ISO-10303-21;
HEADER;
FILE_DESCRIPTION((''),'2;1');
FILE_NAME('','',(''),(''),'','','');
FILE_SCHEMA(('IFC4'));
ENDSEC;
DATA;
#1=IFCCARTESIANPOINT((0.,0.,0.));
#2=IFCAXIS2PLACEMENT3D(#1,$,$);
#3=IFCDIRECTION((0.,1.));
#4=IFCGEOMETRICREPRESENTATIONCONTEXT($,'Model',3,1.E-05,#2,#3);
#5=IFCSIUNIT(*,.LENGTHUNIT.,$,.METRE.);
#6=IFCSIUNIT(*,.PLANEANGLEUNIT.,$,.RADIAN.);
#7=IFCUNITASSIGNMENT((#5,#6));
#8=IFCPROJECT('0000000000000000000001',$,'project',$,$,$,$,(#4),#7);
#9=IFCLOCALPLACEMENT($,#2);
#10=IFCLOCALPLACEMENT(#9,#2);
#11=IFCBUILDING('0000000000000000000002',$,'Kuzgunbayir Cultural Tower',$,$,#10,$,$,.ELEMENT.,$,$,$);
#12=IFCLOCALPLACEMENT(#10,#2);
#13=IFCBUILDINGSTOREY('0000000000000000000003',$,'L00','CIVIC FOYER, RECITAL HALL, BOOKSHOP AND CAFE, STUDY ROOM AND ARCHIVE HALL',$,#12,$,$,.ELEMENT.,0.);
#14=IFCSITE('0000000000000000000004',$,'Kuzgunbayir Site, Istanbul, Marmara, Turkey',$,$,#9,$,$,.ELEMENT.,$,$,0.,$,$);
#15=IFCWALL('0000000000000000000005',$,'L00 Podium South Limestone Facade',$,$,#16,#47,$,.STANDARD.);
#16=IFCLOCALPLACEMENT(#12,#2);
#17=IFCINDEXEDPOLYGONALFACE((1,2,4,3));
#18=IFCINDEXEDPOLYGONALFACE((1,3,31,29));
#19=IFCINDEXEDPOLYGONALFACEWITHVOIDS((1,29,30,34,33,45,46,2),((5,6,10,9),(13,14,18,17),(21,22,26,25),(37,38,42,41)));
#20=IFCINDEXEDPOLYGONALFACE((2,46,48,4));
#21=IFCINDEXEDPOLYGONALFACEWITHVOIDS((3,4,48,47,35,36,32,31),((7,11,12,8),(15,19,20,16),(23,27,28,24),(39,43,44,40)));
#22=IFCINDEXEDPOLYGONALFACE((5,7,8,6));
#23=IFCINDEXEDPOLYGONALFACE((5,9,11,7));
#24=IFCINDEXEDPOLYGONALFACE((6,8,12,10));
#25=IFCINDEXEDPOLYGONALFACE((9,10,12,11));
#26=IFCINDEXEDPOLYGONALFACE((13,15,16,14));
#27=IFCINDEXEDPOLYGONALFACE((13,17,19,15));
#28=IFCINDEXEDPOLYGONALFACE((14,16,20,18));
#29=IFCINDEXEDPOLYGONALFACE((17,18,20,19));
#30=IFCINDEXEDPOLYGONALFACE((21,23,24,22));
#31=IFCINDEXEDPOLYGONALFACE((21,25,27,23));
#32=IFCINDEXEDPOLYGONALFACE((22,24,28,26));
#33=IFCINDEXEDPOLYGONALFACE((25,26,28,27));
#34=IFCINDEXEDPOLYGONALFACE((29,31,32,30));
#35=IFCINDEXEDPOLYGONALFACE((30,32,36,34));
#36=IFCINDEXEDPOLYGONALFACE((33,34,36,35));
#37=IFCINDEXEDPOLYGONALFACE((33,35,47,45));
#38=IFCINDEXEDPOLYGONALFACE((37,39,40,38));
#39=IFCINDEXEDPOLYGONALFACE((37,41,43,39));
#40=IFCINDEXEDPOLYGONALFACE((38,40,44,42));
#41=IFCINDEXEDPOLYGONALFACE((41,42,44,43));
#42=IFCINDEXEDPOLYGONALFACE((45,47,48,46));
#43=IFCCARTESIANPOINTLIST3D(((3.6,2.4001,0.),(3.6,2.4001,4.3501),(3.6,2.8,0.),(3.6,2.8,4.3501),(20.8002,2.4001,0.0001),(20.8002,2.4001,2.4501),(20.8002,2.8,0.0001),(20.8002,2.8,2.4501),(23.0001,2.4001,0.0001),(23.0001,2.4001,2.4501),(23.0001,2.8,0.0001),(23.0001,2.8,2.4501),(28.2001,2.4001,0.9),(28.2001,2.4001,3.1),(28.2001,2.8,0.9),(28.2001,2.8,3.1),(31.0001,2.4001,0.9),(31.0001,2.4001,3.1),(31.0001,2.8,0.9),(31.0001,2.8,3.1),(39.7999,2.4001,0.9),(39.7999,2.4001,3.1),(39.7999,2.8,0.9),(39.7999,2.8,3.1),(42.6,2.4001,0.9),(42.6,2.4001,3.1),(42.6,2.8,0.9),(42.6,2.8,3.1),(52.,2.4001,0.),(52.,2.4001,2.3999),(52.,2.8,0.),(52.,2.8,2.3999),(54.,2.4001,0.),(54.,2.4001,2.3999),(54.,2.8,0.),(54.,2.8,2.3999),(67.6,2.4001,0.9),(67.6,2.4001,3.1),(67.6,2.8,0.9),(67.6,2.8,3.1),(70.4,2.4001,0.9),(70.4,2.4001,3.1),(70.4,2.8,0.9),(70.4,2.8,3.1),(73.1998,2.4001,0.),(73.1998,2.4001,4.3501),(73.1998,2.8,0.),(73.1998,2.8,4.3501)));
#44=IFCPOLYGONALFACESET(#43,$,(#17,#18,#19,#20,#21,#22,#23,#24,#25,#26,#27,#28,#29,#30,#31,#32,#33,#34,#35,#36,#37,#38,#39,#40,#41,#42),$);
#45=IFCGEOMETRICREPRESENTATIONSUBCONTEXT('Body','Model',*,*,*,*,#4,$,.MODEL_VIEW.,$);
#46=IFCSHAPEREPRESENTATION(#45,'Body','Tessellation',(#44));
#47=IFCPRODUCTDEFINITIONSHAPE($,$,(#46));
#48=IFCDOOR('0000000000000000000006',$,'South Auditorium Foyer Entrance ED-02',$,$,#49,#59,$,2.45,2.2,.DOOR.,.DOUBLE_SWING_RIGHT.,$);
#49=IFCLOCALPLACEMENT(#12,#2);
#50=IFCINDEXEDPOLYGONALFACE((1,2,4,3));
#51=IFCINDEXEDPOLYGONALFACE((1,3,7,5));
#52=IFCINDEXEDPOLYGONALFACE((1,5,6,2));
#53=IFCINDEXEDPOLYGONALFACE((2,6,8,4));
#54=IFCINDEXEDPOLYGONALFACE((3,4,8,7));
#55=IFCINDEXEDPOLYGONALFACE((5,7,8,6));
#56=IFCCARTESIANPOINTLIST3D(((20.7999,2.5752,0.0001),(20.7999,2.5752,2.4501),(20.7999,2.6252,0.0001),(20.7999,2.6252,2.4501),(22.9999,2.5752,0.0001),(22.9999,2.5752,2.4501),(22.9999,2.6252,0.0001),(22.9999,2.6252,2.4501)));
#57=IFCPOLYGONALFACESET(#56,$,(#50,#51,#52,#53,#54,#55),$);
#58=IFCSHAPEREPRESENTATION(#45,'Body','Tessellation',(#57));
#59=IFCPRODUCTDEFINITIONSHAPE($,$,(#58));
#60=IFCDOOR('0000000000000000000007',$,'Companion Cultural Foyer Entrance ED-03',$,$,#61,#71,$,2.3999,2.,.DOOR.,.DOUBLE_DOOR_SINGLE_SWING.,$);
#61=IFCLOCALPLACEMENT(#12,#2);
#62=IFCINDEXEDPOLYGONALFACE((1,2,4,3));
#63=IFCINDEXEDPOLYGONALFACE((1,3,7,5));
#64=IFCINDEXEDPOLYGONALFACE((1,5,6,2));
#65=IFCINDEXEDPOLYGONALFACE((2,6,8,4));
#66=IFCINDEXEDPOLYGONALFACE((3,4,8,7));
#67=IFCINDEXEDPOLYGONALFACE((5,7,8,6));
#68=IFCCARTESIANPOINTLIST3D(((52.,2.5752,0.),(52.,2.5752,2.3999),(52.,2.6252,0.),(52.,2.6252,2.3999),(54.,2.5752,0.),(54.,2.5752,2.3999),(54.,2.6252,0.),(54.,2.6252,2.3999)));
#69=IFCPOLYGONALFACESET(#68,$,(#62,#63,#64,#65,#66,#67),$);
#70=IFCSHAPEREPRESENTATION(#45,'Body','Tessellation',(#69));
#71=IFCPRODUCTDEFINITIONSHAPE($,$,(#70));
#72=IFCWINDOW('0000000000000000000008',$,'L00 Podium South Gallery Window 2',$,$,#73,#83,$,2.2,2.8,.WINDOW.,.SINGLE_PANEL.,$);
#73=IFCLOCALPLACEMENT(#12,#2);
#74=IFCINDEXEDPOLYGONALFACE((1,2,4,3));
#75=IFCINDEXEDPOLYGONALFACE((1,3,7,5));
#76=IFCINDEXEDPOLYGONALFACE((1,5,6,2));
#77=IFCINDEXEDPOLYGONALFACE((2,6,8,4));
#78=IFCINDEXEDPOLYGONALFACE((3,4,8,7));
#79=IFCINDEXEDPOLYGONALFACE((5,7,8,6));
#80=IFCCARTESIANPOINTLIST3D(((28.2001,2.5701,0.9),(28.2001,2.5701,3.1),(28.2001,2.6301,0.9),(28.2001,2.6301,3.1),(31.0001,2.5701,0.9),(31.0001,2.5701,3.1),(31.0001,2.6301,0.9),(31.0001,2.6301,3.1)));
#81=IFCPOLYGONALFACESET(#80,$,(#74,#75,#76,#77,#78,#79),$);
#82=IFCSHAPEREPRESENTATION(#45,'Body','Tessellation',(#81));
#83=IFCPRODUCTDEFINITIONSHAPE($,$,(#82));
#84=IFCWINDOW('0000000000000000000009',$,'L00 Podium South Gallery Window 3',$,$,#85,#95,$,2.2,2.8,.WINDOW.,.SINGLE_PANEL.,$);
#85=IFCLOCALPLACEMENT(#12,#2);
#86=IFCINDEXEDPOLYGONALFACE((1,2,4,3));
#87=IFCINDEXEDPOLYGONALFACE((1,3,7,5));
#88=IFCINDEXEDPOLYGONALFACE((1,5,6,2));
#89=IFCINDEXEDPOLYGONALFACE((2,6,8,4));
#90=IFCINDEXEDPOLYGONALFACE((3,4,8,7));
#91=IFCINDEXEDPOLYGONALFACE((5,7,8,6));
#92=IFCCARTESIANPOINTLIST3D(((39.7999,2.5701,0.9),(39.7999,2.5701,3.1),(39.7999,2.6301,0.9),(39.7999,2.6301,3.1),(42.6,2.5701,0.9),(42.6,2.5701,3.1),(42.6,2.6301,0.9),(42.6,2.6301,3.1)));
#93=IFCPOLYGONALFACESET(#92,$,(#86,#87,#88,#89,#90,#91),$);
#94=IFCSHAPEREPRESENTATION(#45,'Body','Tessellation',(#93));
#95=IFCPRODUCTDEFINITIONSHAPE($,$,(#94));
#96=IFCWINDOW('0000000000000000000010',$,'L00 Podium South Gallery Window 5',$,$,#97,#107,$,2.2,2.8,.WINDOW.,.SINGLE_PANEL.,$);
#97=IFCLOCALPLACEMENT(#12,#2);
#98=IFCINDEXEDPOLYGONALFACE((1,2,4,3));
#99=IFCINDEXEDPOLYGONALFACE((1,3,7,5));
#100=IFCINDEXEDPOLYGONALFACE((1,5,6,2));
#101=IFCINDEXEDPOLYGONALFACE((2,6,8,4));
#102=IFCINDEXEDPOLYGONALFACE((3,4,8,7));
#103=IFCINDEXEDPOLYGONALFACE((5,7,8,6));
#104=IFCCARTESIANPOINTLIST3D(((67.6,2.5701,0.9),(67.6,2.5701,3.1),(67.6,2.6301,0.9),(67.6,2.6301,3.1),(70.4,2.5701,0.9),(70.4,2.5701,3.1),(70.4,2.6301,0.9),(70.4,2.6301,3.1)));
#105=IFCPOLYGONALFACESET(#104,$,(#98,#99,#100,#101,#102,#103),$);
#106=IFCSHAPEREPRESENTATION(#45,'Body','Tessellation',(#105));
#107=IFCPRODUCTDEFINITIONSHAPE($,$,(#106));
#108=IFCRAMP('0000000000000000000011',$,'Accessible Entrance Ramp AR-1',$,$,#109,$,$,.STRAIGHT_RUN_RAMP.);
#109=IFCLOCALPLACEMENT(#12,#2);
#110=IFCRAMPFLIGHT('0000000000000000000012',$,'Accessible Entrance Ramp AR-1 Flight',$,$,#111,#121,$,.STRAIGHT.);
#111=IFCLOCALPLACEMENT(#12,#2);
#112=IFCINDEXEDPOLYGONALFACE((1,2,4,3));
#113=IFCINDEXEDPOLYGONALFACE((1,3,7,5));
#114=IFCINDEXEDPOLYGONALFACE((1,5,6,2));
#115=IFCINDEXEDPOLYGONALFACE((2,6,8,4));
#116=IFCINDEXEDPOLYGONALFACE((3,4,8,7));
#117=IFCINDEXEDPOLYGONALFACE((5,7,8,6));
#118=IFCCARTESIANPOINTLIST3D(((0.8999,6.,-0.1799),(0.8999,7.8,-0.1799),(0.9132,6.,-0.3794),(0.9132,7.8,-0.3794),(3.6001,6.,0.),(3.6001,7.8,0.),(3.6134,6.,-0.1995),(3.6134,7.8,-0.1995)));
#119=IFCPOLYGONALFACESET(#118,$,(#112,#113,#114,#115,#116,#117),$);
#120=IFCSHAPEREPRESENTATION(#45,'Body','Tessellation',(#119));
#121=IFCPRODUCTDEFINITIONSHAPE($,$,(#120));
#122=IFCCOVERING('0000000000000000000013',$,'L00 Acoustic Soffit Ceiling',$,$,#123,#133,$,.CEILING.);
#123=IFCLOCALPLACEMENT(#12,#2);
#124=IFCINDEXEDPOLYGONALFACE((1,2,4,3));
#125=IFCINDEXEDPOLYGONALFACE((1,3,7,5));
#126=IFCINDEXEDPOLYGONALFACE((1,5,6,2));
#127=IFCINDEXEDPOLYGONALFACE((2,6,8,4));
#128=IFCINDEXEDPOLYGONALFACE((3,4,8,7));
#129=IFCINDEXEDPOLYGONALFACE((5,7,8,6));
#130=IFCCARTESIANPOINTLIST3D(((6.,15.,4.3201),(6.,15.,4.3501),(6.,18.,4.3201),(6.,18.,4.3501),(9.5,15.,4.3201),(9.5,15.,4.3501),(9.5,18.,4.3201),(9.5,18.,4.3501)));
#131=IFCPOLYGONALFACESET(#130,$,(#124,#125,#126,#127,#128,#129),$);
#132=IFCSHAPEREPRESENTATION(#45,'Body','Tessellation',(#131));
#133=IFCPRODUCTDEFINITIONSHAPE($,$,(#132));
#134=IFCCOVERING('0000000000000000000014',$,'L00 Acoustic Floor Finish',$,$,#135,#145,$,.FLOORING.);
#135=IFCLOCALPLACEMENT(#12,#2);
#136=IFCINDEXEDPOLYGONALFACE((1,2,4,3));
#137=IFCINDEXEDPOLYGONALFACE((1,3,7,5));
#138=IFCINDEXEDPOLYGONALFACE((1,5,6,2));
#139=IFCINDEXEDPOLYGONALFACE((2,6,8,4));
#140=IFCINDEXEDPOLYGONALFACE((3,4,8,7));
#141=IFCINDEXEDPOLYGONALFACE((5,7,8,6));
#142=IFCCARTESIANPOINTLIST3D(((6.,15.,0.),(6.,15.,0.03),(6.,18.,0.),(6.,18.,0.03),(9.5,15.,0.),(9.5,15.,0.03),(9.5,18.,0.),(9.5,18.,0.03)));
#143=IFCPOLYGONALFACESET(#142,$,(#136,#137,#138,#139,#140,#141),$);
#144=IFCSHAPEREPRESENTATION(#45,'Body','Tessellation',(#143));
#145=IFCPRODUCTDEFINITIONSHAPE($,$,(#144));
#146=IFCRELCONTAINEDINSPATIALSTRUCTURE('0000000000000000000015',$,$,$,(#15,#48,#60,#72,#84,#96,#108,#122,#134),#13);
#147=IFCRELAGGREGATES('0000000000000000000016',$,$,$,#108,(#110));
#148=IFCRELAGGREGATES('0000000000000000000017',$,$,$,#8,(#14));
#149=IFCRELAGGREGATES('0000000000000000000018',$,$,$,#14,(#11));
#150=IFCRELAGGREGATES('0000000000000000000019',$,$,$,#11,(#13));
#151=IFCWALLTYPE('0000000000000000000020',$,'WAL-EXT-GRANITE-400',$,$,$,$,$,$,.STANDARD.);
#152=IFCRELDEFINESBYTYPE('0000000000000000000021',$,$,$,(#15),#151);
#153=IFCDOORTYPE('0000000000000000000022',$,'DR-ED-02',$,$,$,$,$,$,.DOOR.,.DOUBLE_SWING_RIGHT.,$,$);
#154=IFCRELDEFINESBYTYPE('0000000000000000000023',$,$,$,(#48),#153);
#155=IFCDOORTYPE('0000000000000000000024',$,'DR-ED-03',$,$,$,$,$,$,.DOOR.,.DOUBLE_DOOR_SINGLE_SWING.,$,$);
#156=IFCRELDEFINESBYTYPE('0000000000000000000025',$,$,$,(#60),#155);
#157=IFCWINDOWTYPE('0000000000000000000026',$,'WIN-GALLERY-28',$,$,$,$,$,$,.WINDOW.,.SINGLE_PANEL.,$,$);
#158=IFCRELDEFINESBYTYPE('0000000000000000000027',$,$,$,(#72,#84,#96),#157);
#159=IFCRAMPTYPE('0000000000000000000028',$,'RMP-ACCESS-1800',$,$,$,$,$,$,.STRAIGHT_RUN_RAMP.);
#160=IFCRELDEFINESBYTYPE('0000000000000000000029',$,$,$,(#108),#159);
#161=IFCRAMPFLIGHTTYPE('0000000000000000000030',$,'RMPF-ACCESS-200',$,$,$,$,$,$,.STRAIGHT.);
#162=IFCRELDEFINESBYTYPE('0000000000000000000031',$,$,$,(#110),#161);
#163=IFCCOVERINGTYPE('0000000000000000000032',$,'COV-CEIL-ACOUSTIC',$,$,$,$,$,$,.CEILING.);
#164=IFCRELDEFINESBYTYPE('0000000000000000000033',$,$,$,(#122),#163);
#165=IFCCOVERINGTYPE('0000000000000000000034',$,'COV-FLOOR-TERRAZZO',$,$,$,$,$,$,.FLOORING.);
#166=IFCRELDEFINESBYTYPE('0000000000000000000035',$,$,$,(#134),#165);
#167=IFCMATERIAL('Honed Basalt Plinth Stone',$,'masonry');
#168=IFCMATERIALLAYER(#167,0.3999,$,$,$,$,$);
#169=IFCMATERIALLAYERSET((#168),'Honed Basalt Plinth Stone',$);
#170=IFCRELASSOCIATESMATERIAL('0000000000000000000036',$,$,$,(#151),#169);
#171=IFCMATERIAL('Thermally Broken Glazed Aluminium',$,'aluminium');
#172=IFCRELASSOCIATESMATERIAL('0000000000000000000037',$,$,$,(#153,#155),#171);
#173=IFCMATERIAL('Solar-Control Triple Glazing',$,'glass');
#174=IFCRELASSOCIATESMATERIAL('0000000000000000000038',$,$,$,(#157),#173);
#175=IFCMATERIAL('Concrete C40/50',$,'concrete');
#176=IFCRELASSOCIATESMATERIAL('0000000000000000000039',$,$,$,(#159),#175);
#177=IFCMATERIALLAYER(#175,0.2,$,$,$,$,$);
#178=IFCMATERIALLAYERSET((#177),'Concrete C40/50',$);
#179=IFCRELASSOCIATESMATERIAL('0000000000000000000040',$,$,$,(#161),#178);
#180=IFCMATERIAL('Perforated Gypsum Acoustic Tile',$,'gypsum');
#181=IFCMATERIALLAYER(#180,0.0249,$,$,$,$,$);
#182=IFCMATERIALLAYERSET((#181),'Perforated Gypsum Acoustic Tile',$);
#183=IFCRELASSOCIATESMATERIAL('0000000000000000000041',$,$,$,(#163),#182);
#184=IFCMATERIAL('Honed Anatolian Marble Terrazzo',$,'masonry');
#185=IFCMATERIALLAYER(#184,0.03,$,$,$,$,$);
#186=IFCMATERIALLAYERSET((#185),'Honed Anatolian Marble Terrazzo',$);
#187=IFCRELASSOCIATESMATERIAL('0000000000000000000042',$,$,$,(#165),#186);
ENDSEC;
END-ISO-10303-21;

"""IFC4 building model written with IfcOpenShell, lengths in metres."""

from ifc_helpers import new_model, si_unit, direction, frame, frame_2d, origin, place, context, subcontext, project, spatial, polyline, rectangle, outline, extrude, material, layer, layer_set, type_object, element, fill, aggregate, save


model = new_model("IFC4")

# Units and contexts
model_context = context("Model", 3, precision=1e-05, world=origin(), true_north=direction((0.0, 1.0)))
body_context = subcontext(model_context, "Body", "Model", "MODEL_VIEW")
ifc_project = project(units=[si_unit("LENGTHUNIT", "METRE"), si_unit("PLANEANGLEUNIT", "RADIAN")], contexts=[model_context])

# Site, building, storey
site_placement = place(None, origin())
site = spatial("IfcSite", under=ifc_project, at=site_placement, Name="Kuzgunbayir Site, Istanbul, Marmara, Turkey", CompositionType="ELEMENT", RefElevation=0.0)
building_placement = place(site_placement, origin())
building = spatial("IfcBuilding", under=site, at=building_placement, Name="Kuzgunbayir Cultural Tower", CompositionType="ELEMENT")
storey_placement = place(building_placement, origin())
storey = spatial("IfcBuildingStorey", under=building, at=storey_placement, Name="L00", Description="CIVIC FOYER, RECITAL HALL, BOOKSHOP AND CAFE, STUDY ROOM AND ARCHIVE HALL", CompositionType="ELEMENT", Elevation=0.0)

# Shared definitions
ifc_material_1 = material(Name="Concrete C40/50", Category="concrete")

# Wall, openings, doors, windows
ifc_material_2 = material(Name="Honed Basalt Plinth Stone", Category="masonry")
ifc_layer_1 = layer(ifc_material_2, 0.3999)
ifc_layer_set_1 = layer_set([ifc_layer_1], Name="Honed Basalt Plinth Stone")
wall_type = type_object("IfcWallType", Name="WAL-EXT-GRANITE-400", PredefinedType="STANDARD", material=ifc_layer_set_1)
wall_placement = place(storey_placement, frame((3.6001, 2.6001, 0.0), z_axis=(0.0, 0.0, 1.0), x_axis=(1.0, 0.0, 0.0)))
wall = element("IfcWall", 1, at=wall_placement, inside=storey, type_object=wall_type, Name="L00 Podium South Limestone Facade", PredefinedType="STANDARD", context=body_context, shape_type="SweptSolid", body=[
    extrude(rectangle(XDim=69.5999, YDim=0.3999, at=frame_2d((34.7998, 0.0))), origin(), (0.0, 0.0, 1.0), 4.3501),
])
opening_1_placement = place(wall_placement, frame((24.6001, 0.0, 0.8999)))
opening_1 = element("IfcOpeningElement", 2, at=opening_1_placement, cuts=wall, PredefinedType="OPENING", context=body_context, shape_type="SweptSolid", body=[
    extrude(rectangle(XDim=2.8, YDim=2.2, at=frame_2d((1.3999, 1.1001))), frame((0.0, 0.21, 0.0), z_axis=(0.0, -1.0, 0.0), x_axis=(1.0, 0.0, 0.0)), (0.0, 0.0, 1.0), 0.4199),
])
opening_2_placement = place(wall_placement, frame((36.2, 0.0, 0.8999)))
opening_2 = element("IfcOpeningElement", 3, at=opening_2_placement, cuts=wall, PredefinedType="OPENING", context=body_context, shape_type="SweptSolid", body=[
    extrude(rectangle(XDim=2.8, YDim=2.2, at=frame_2d((1.3999, 1.1001))), frame((0.0, 0.21, 0.0), z_axis=(0.0, -1.0, 0.0), x_axis=(1.0, 0.0, 0.0)), (0.0, 0.0, 1.0), 0.4199),
])
opening_3_placement = place(wall_placement, frame((64.0, 0.0, 0.8999)))
opening_3 = element("IfcOpeningElement", 4, at=opening_3_placement, cuts=wall, PredefinedType="OPENING", context=body_context, shape_type="SweptSolid", body=[
    extrude(rectangle(XDim=2.8, YDim=2.2, at=frame_2d((1.3999, 1.1001))), frame((0.0, 0.21, 0.0), z_axis=(0.0, -1.0, 0.0), x_axis=(1.0, 0.0, 0.0)), (0.0, 0.0, 1.0), 0.4199),
])
opening_4_placement = place(wall_placement, frame((17.2, 0.0, 0.0)))
opening_4 = element("IfcOpeningElement", 5, at=opening_4_placement, cuts=wall, PredefinedType="OPENING", context=body_context, shape_type="SweptSolid", body=[
    extrude(rectangle(XDim=2.2, YDim=2.45, at=frame_2d((1.1001, 1.2251))), frame((0.0, 0.21, 0.0), z_axis=(0.0, -1.0, 0.0), x_axis=(1.0, 0.0, 0.0)), (0.0, 0.0, 1.0), 0.4199),
])
opening_5_placement = place(wall_placement, frame((48.3999, 0.0, 0.0)))
opening_5 = element("IfcOpeningElement", 6, at=opening_5_placement, cuts=wall, PredefinedType="OPENING", context=body_context, shape_type="SweptSolid", body=[
    extrude(rectangle(XDim=2.0, YDim=2.3999, at=frame_2d((1.0, 1.2))), frame((0.0, 0.21, 0.0), z_axis=(0.0, -1.0, 0.0), x_axis=(1.0, 0.0, 0.0)), (0.0, 0.0, 1.0), 0.4199),
])
ifc_material_3 = material(Name="Thermally Broken Glazed Aluminium", Category="aluminium")
door_type_1 = type_object("IfcDoorType", Name="DR-ED-02", OperationType="DOUBLE_SWING_RIGHT", PredefinedType="DOOR", material=ifc_material_3)
door_1_placement = place(opening_4_placement, frame((2.2, 0.0, 0.0), z_axis=(0.0, 0.0, 1.0), x_axis=(-1.0, 0.0, 0.0)))
door_1 = element("IfcDoor", 7, at=door_1_placement, inside=storey, type_object=door_type_1, Name="South Auditorium Foyer Entrance ED-02", OperationType="DOUBLE_SWING_RIGHT", OverallHeight=2.45, OverallWidth=2.2, PredefinedType="DOOR", context=body_context, shape_type="SweptSolid", body=[
    extrude(rectangle(XDim=2.2, YDim=2.45, at=frame_2d((1.1001, 1.2251))), frame((0.0, 0.0249, 0.0), z_axis=(0.0, -1.0, 0.0), x_axis=(1.0, 0.0, 0.0)), (0.0, 0.0, 1.0), 0.05),
])
fill(opening_4, door_1)
door_type_2 = type_object("IfcDoorType", Name="DR-ED-03", OperationType="DOUBLE_DOOR_SINGLE_SWING", PredefinedType="DOOR", material=ifc_material_3)
door_2_placement = place(opening_5_placement, frame((2.0, 0.0, 0.0), z_axis=(0.0, 0.0, 1.0), x_axis=(-1.0, 0.0, 0.0)))
door_2 = element("IfcDoor", 8, at=door_2_placement, inside=storey, type_object=door_type_2, Name="Companion Cultural Foyer Entrance ED-03", OperationType="DOUBLE_DOOR_SINGLE_SWING", OverallHeight=2.3999, OverallWidth=2.0, PredefinedType="DOOR", context=body_context, shape_type="SweptSolid", body=[
    extrude(rectangle(XDim=2.0, YDim=2.3999, at=frame_2d((1.0, 1.2))), frame((0.0, 0.0249, 0.0), z_axis=(0.0, -1.0, 0.0), x_axis=(1.0, 0.0, 0.0)), (0.0, 0.0, 1.0), 0.05),
])
fill(opening_5, door_2)
ifc_material_4 = material(Name="Solar-Control Triple Glazing", Category="glass")
window_type = type_object("IfcWindowType", Name="WIN-GALLERY-28", PartitioningType="SINGLE_PANEL", PredefinedType="WINDOW", material=ifc_material_4)
window_1_placement = place(opening_1_placement, origin())
window_1 = element("IfcWindow", 9, at=window_1_placement, inside=storey, type_object=window_type, Name="L00 Podium South Gallery Window 2", OverallHeight=2.2, OverallWidth=2.8, PartitioningType="SINGLE_PANEL", PredefinedType="WINDOW", context=body_context, shape_type="SweptSolid", body=[
    extrude(rectangle(XDim=2.8, YDim=2.2, at=frame_2d((1.3999, 1.1001))), frame((0.0, 0.03, 0.0), z_axis=(0.0, -1.0, 0.0), x_axis=(1.0, 0.0, 0.0)), (0.0, 0.0, 1.0), 0.0601),
])
fill(opening_1, window_1)
window_2_placement = place(opening_2_placement, origin())
window_2 = element("IfcWindow", 10, at=window_2_placement, inside=storey, type_object=window_type, Name="L00 Podium South Gallery Window 3", OverallHeight=2.2, OverallWidth=2.8, PartitioningType="SINGLE_PANEL", PredefinedType="WINDOW", context=body_context, shape_type="SweptSolid", body=[
    extrude(rectangle(XDim=2.8, YDim=2.2, at=frame_2d((1.3999, 1.1001))), frame((0.0, 0.03, 0.0), z_axis=(0.0, -1.0, 0.0), x_axis=(1.0, 0.0, 0.0)), (0.0, 0.0, 1.0), 0.0601),
])
fill(opening_2, window_2)
window_3_placement = place(opening_3_placement, origin())
window_3 = element("IfcWindow", 11, at=window_3_placement, inside=storey, type_object=window_type, Name="L00 Podium South Gallery Window 5", OverallHeight=2.2, OverallWidth=2.8, PartitioningType="SINGLE_PANEL", PredefinedType="WINDOW", context=body_context, shape_type="SweptSolid", body=[
    extrude(rectangle(XDim=2.8, YDim=2.2, at=frame_2d((1.3999, 1.1001))), frame((0.0, 0.03, 0.0), z_axis=(0.0, -1.0, 0.0), x_axis=(1.0, 0.0, 0.0)), (0.0, 0.0, 1.0), 0.0601),
])
fill(opening_3, window_3)

# Ramp, ramp flight
ramp_type = type_object("IfcRampType", Name="RMP-ACCESS-1800", PredefinedType="STRAIGHT_RUN_RAMP", material=ifc_material_1)
ramp_placement = place(storey_placement, origin())
ramp = element("IfcRamp", 12, at=ramp_placement, inside=storey, type_object=ramp_type, Name="Accessible Entrance Ramp AR-1", PredefinedType="STRAIGHT_RUN_RAMP")
ifc_layer_2 = layer(ifc_material_1, 0.2)
ifc_layer_set_2 = layer_set([ifc_layer_2], Name="Concrete C40/50")
ramp_flight_type = type_object("IfcRampFlightType", Name="RMPF-ACCESS-200", PredefinedType="STRAIGHT", material=ifc_layer_set_2)
ramp_flight_placement = place(storey_placement, frame((0.8999, 6.0, -0.1799), z_axis=(-0.066489, 0.0, 0.997787), x_axis=(0.997787, 0.0, 0.066489)))
ramp_flight = element("IfcRampFlight", 13, at=ramp_flight_placement, type_object=ramp_flight_type, Name="Accessible Entrance Ramp AR-1 Flight", PredefinedType="STRAIGHT", context=body_context, shape_type="SweptSolid", body=[
    extrude(outline(polyline([(0.0, 0.0), (2.7062, 0.0), (2.7062, 1.8), (0.0, 1.8), (0.0, 0.0)])), origin(), (0.0, 0.0, -1.0), 0.2),
])
aggregate(ramp, [ramp_flight])

# Coverings
ifc_material_5 = material(Name="Perforated Gypsum Acoustic Tile", Category="gypsum")
ifc_layer_3 = layer(ifc_material_5, 0.0249)
ifc_layer_set_3 = layer_set([ifc_layer_3], Name="Perforated Gypsum Acoustic Tile")
covering_type_1 = type_object("IfcCoveringType", Name="COV-CEIL-ACOUSTIC", PredefinedType="CEILING", material=ifc_layer_set_3)
covering_1_placement = place(storey_placement, frame((0.0, 0.0, 4.3201)))
element("IfcCovering", 14, at=covering_1_placement, inside=storey, type_object=covering_type_1, Name="L00 Acoustic Soffit Ceiling", PredefinedType="CEILING", context=body_context, shape_type="SweptSolid", body=[
    extrude(outline(polyline([(6.0, 15.0), (9.5, 15.0), (9.5, 18.0), (6.0, 18.0), (6.0, 15.0)])), origin(), (0.0, 0.0, 1.0), 0.03),
])
ifc_material_6 = material(Name="Honed Anatolian Marble Terrazzo", Category="masonry")
ifc_layer_4 = layer(ifc_material_6, 0.03)
ifc_layer_set_4 = layer_set([ifc_layer_4], Name="Honed Anatolian Marble Terrazzo")
covering_type_2 = type_object("IfcCoveringType", Name="COV-FLOOR-TERRAZZO", PredefinedType="FLOORING", material=ifc_layer_set_4)
covering_2_placement = place(storey_placement, origin())
element("IfcCovering", 15, at=covering_2_placement, inside=storey, type_object=covering_type_2, Name="L00 Acoustic Floor Finish", PredefinedType="FLOORING", context=body_context, shape_type="SweptSolid", body=[
    extrude(outline(polyline([(6.0, 15.0), (9.5, 15.0), (9.5, 18.0), (6.0, 18.0), (6.0, 15.0)])), origin(), (0.0, 0.0, 1.0), 0.03),
])

save(model, "model.ifc")
